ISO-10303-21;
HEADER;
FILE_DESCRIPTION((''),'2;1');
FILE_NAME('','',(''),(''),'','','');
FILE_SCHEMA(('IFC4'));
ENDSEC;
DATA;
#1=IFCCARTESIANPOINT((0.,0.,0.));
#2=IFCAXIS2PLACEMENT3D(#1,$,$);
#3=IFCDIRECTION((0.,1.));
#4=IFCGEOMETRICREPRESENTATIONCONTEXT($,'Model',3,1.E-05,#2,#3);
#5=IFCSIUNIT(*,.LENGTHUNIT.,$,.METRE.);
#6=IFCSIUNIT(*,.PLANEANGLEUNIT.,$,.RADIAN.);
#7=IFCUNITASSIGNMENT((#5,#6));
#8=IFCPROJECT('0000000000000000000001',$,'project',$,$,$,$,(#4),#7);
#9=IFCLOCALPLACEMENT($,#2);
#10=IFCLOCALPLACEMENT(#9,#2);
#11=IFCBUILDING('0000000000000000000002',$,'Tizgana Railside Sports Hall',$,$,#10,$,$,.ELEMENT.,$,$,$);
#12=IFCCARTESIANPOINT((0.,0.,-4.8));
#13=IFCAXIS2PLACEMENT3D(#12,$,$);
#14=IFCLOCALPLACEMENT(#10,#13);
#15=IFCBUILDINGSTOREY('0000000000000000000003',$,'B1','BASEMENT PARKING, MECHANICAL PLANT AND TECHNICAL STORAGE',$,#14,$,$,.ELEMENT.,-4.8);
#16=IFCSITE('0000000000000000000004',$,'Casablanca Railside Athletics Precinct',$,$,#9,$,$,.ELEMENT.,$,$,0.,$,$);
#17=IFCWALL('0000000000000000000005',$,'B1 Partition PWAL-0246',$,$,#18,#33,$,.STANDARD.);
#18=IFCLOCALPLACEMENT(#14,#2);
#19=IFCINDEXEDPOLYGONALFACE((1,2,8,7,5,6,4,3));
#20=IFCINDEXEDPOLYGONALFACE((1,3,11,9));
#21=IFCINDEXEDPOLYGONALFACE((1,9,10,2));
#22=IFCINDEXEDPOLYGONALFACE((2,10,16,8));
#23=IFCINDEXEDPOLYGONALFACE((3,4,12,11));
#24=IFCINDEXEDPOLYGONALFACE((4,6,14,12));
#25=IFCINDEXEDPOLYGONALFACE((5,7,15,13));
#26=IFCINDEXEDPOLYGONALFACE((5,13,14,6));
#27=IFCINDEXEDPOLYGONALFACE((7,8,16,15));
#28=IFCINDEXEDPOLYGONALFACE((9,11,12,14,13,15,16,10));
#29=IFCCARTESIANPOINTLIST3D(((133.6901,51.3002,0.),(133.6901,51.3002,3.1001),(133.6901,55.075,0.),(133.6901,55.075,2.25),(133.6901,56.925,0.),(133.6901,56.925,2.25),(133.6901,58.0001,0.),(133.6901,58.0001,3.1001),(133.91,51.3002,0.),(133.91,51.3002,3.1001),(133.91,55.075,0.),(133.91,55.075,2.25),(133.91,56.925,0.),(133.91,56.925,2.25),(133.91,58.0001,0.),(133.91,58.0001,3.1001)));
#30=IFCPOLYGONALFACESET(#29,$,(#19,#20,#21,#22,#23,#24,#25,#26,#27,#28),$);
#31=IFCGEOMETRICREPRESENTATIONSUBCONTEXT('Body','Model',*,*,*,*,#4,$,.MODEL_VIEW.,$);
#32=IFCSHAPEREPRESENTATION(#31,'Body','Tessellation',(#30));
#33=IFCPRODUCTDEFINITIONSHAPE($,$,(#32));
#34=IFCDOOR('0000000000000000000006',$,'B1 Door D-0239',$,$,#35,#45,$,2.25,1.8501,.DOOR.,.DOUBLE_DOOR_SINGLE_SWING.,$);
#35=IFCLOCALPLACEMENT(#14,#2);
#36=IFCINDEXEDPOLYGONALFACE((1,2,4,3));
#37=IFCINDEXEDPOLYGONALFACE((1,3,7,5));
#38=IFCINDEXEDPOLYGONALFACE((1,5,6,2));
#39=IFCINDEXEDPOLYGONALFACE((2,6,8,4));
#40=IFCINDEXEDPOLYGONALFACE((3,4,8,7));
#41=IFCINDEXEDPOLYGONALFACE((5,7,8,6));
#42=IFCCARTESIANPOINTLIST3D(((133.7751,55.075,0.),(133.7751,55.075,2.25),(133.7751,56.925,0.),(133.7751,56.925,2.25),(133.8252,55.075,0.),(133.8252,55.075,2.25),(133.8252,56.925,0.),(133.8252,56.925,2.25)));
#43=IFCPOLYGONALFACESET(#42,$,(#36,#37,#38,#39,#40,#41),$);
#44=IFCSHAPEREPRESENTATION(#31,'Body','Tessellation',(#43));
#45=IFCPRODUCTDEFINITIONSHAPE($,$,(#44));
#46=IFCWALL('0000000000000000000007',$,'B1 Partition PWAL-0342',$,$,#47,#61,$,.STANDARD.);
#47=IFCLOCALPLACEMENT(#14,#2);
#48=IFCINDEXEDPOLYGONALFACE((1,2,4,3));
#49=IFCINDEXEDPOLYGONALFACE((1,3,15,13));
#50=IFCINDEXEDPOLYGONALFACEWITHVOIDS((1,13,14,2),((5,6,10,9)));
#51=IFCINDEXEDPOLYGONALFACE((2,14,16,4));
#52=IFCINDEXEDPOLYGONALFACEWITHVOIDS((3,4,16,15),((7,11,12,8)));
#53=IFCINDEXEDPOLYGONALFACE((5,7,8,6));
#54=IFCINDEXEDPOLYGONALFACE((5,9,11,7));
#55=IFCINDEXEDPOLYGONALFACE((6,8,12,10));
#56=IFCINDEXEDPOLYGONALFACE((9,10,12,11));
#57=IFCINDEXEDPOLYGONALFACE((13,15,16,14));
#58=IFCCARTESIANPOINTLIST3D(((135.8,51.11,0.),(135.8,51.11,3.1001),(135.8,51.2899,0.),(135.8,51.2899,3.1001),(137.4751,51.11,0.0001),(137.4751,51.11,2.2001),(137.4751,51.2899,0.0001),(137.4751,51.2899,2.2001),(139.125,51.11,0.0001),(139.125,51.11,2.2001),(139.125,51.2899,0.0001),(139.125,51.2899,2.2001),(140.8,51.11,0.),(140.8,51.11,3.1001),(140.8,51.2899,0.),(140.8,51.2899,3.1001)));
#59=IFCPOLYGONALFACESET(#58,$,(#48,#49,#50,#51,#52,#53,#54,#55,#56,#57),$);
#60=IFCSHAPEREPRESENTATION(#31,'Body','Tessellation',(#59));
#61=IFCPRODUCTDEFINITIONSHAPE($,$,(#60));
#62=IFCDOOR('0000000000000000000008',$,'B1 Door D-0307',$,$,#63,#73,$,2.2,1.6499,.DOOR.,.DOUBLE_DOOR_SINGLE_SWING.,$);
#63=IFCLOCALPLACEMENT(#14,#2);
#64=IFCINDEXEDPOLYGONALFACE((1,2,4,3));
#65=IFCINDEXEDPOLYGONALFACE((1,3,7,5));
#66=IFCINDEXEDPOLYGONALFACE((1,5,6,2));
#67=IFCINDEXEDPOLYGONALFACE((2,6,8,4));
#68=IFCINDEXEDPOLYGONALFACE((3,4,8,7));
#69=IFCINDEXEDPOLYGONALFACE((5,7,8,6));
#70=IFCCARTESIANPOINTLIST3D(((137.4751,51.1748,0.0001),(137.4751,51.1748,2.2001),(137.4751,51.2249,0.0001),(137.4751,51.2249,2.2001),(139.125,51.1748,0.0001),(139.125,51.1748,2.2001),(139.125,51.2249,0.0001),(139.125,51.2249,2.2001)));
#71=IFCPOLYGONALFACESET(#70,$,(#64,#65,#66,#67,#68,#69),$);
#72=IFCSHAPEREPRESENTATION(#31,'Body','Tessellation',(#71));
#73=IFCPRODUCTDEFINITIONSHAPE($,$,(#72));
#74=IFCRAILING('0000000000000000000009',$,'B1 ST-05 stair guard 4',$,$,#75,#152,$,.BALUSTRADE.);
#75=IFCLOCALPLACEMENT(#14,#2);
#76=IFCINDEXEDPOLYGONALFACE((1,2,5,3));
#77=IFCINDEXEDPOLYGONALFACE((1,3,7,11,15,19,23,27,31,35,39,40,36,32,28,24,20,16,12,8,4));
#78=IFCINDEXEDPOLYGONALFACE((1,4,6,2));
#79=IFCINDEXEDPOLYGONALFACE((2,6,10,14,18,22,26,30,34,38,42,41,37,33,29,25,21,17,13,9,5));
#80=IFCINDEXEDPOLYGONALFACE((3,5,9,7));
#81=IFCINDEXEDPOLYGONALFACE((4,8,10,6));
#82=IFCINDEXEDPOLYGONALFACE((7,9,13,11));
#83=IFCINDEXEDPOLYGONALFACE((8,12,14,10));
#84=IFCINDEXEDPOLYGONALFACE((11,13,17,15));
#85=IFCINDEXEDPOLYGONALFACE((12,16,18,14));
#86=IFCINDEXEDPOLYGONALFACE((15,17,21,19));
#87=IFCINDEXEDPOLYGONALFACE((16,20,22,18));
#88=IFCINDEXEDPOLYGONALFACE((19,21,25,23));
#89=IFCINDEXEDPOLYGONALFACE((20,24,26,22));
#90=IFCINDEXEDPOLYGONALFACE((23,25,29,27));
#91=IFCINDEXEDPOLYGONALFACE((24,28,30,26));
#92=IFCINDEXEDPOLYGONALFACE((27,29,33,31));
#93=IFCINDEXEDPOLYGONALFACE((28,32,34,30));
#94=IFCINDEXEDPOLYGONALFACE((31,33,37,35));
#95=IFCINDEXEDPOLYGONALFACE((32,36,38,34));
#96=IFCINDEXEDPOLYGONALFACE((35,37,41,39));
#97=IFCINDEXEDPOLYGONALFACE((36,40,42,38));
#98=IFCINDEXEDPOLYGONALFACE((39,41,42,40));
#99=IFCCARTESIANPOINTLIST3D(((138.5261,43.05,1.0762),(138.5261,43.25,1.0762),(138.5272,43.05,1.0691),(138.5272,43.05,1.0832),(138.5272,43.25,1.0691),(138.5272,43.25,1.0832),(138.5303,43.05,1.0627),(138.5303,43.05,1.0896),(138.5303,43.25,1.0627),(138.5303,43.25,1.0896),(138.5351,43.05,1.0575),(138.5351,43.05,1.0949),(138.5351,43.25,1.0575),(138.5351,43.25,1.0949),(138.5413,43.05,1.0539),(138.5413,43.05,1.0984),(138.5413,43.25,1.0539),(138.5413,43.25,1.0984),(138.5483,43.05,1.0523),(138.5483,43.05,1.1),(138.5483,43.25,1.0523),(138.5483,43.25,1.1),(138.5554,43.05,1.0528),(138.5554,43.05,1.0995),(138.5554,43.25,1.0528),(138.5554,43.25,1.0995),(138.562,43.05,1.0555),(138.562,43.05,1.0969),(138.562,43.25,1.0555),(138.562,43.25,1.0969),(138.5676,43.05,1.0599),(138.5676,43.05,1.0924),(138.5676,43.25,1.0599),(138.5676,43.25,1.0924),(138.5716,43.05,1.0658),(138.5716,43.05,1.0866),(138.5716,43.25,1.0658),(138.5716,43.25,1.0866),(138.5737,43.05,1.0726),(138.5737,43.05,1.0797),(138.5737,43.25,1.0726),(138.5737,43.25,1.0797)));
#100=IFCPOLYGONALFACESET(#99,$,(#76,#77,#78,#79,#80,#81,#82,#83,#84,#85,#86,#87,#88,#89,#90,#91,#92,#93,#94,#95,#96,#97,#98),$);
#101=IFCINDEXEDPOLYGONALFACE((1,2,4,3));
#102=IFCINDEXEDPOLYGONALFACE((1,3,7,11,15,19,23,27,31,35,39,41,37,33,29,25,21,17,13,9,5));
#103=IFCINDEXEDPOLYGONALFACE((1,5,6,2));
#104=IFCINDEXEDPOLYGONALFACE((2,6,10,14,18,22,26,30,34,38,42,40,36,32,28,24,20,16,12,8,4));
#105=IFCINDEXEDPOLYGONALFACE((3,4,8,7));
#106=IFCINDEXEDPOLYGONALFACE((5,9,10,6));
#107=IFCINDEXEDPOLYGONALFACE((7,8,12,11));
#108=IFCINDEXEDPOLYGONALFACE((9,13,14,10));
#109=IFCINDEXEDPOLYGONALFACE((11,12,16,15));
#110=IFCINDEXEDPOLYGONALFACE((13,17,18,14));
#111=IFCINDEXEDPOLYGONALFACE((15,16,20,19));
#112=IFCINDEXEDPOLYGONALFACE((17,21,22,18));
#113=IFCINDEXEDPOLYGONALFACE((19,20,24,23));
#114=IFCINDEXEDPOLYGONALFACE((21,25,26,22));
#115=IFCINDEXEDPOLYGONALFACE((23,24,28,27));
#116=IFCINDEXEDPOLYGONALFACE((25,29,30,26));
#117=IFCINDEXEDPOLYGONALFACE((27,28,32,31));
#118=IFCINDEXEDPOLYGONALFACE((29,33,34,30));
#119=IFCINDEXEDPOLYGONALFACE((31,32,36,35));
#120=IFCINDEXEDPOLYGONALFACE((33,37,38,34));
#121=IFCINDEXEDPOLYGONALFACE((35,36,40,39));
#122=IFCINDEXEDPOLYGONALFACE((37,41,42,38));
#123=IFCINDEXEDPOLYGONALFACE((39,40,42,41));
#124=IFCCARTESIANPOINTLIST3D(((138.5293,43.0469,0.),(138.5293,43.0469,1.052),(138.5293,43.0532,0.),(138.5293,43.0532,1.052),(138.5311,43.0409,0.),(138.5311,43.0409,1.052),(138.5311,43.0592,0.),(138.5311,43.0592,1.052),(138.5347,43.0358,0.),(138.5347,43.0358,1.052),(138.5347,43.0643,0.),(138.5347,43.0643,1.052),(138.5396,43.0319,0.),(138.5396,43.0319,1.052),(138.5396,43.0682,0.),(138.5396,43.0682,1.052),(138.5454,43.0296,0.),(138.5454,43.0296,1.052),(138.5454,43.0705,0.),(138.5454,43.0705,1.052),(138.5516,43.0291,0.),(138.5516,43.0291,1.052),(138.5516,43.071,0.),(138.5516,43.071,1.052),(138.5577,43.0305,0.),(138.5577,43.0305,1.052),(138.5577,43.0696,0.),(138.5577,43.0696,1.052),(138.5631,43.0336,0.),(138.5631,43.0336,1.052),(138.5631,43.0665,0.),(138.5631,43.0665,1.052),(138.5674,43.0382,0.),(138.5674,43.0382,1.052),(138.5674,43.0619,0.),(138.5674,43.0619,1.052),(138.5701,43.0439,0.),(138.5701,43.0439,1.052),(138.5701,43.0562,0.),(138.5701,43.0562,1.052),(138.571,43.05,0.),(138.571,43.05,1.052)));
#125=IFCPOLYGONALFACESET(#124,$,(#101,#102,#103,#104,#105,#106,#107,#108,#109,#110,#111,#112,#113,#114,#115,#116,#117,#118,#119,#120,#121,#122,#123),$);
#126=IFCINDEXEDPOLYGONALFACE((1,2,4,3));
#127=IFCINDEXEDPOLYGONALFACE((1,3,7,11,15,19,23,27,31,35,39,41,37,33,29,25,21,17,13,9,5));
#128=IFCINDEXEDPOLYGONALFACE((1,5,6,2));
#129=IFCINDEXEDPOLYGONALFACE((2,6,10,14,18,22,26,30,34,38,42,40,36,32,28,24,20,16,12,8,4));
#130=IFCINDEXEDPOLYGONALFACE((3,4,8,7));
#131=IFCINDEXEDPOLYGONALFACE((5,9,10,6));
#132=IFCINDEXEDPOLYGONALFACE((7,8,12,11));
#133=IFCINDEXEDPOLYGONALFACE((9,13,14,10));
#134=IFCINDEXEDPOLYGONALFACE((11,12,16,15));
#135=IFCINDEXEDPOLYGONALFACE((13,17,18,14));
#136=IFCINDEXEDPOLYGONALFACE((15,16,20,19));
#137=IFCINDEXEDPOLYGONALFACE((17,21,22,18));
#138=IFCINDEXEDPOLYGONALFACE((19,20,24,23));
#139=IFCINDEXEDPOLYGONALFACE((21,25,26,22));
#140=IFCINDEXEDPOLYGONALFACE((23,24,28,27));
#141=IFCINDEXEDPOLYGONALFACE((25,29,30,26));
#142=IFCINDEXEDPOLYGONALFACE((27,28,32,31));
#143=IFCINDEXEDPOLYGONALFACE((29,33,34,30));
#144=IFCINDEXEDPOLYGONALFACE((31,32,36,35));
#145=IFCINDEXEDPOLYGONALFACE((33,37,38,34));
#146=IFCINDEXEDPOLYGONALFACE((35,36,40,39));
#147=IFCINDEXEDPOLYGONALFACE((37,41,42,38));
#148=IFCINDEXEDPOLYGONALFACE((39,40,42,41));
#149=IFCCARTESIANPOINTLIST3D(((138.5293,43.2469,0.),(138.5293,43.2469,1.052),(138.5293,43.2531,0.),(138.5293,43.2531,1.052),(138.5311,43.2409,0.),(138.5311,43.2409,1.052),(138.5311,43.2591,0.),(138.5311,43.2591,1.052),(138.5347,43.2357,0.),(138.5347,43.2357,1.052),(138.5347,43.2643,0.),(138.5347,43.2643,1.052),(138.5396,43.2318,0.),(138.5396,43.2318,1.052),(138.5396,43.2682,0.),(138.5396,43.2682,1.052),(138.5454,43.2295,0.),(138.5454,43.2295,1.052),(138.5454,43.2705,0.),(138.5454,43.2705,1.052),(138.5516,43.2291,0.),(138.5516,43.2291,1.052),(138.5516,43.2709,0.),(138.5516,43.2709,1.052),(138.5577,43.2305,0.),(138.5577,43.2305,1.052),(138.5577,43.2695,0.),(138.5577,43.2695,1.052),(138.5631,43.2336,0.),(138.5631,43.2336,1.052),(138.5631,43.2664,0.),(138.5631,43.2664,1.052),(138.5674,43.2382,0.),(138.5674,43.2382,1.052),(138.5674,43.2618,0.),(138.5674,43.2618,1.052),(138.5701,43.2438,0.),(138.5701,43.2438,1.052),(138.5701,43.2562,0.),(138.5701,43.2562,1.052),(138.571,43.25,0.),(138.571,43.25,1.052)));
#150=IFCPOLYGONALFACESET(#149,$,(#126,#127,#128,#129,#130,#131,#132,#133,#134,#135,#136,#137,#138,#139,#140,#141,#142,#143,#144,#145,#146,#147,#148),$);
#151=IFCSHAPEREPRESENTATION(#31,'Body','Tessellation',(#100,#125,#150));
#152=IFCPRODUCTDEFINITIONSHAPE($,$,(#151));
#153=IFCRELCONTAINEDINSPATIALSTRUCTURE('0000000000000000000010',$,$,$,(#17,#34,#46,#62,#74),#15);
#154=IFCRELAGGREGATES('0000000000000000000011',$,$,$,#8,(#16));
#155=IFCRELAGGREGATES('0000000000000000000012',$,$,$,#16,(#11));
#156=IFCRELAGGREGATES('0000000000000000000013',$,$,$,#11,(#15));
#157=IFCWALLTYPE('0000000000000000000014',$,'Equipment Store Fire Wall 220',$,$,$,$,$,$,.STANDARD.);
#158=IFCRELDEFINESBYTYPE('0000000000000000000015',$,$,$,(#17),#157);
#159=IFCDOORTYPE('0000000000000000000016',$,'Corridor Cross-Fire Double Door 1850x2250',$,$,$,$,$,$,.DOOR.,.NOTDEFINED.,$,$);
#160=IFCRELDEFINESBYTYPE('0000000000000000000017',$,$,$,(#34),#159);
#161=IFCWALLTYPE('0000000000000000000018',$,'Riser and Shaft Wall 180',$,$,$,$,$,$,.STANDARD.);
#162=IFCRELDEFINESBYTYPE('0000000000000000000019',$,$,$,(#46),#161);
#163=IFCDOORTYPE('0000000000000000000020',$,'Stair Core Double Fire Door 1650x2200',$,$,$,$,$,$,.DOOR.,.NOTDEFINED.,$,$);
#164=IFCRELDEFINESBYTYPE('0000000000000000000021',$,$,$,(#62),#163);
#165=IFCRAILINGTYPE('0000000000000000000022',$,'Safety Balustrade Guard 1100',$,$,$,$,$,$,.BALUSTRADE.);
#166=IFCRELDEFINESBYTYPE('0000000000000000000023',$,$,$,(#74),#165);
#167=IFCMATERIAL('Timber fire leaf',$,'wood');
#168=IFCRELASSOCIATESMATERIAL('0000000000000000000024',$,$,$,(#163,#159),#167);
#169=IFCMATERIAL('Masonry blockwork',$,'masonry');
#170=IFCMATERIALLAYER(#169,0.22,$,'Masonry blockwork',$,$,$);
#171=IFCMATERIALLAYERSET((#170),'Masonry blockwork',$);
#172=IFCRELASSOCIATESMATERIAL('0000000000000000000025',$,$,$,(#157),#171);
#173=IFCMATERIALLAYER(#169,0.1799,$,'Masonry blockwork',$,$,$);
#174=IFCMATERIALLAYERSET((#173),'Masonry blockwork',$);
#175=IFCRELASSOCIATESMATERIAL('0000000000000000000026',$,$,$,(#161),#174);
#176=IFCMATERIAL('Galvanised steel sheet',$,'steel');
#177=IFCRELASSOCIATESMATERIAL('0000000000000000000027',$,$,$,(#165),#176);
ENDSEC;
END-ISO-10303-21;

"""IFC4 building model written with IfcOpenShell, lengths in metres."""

from ifc_helpers import new_model, si_unit, direction, frame, frame_2d, origin, origin_2d, place, context, subcontext, project, spatial, rectangle, circle, extrude, material, layer, layer_set, type_object, element, fill, save


model = new_model("IFC4")

# Units and contexts
model_context = context("Model", 3, precision=1e-05, world=origin(), true_north=direction((0.0, 1.0)))
body_context = subcontext(model_context, "Body", "Model", "MODEL_VIEW")
ifc_project = project(units=[si_unit("LENGTHUNIT", "METRE"), si_unit("PLANEANGLEUNIT", "RADIAN")], contexts=[model_context])

# Site, building, storey
site_placement = place(None, origin())
site = spatial("IfcSite", under=ifc_project, at=site_placement, Name="Casablanca Railside Athletics Precinct", CompositionType="ELEMENT", RefElevation=0.0)
building_placement = place(site_placement, origin())
building = spatial("IfcBuilding", under=site, at=building_placement, Name="Tizgana Railside Sports Hall", CompositionType="ELEMENT")
storey_placement = place(building_placement, frame((0.0, 0.0, -4.8)))
storey = spatial("IfcBuildingStorey", under=building, at=storey_placement, Name="B1", Description="BASEMENT PARKING, MECHANICAL PLANT AND TECHNICAL STORAGE", CompositionType="ELEMENT", Elevation=-4.8)

# Shared definitions
ifc_material_1 = material(Name="Timber fire leaf", Category="wood")
door_type_1 = type_object("IfcDoorType", Name="Stair Core Double Fire Door 1650x2200", OperationType="NOTDEFINED", PredefinedType="DOOR", material=ifc_material_1)

# Walls, openings, doors
ifc_material_2 = material(Name="Masonry blockwork", Category="masonry")
ifc_layer_1 = layer(ifc_material_2, 0.22, Name="Masonry blockwork")
ifc_layer_set_1 = layer_set([ifc_layer_1], Name="Masonry blockwork")
wall_type_1 = type_object("IfcWallType", Name="Equipment Store Fire Wall 220", PredefinedType="STANDARD", material=ifc_layer_set_1)
wall_1_placement = place(storey_placement, frame((133.8, 51.3, 0.0), z_axis=(0.0, 0.0, 1.0), x_axis=(0.0, 1.0, 0.0)))
wall_1 = element("IfcWall", 1, at=wall_1_placement, inside=storey, type_object=wall_type_1, Name="B1 Partition PWAL-0246", PredefinedType="STANDARD", context=body_context, shape_type="SweptSolid", body=[
    extrude(rectangle(XDim=6.7, YDim=0.22, at=frame_2d((3.3501, 0.0))), origin(), (0.0, 0.0, 1.0), 3.1001),
])
opening_1_placement = place(wall_1_placement, frame((3.7749, 0.0, 0.0)))
opening_1 = element("IfcOpeningElement", 2, at=opening_1_placement, cuts=wall_1, PredefinedType="OPENING", context=body_context, shape_type="SweptSolid", body=[
    extrude(rectangle(XDim=1.8501, YDim=2.25, at=frame_2d((0.925, 1.125))), frame((0.0, 0.1199, 0.0), z_axis=(0.0, -1.0, 0.0), x_axis=(1.0, 0.0, 0.0)), (0.0, 0.0, 1.0), 0.24),
])
door_type_2 = type_object("IfcDoorType", Name="Corridor Cross-Fire Double Door 1850x2250", OperationType="NOTDEFINED", PredefinedType="DOOR", material=ifc_material_1)
door_1_placement = place(opening_1_placement, origin())
door_1 = element("IfcDoor", 3, at=door_1_placement, inside=storey, type_object=door_type_2, Name="B1 Door D-0239", OperationType="DOUBLE_DOOR_SINGLE_SWING", OverallHeight=2.25, OverallWidth=1.8501, PredefinedType="DOOR", context=body_context, shape_type="SweptSolid", body=[
    extrude(rectangle(XDim=1.8501, YDim=2.25, at=frame_2d((0.925, 1.125))), frame((0.0, 0.0249, 0.0), z_axis=(0.0, -1.0, 0.0), x_axis=(1.0, 0.0, 0.0)), (0.0, 0.0, 1.0), 0.05),
])
fill(opening_1, door_1)
ifc_layer_2 = layer(ifc_material_2, 0.1799, Name="Masonry blockwork")
ifc_layer_set_2 = layer_set([ifc_layer_2], Name="Masonry blockwork")
wall_type_2 = type_object("IfcWallType", Name="Riser and Shaft Wall 180", PredefinedType="STANDARD", material=ifc_layer_set_2)
wall_2_placement = place(storey_placement, frame((135.8, 51.2, 0.0), z_axis=(0.0, 0.0, 1.0), x_axis=(1.0, 0.0, 0.0)))
wall_2 = element("IfcWall", 4, at=wall_2_placement, inside=storey, type_object=wall_type_2, Name="B1 Partition PWAL-0342", PredefinedType="STANDARD", context=body_context, shape_type="SweptSolid", body=[
    extrude(rectangle(XDim=5.0, YDim=0.1799, at=frame_2d((2.5, 0.0))), origin(), (0.0, 0.0, 1.0), 3.1001),
])
opening_2_placement = place(wall_2_placement, frame((1.675, 0.0, 0.0)))
opening_2 = element("IfcOpeningElement", 5, at=opening_2_placement, cuts=wall_2, PredefinedType="OPENING", context=body_context, shape_type="SweptSolid", body=[
    extrude(rectangle(XDim=1.6499, YDim=2.2, at=frame_2d((0.825, 1.1001))), frame((0.0, 0.0999, 0.0), z_axis=(0.0, -1.0, 0.0), x_axis=(1.0, 0.0, 0.0)), (0.0, 0.0, 1.0), 0.2),
])
door_2_placement = place(opening_2_placement, origin())
door_2 = element("IfcDoor", 6, at=door_2_placement, inside=storey, type_object=door_type_1, Name="B1 Door D-0307", OperationType="DOUBLE_DOOR_SINGLE_SWING", OverallHeight=2.2, OverallWidth=1.6499, PredefinedType="DOOR", context=body_context, shape_type="SweptSolid", body=[
    extrude(rectangle(XDim=1.6499, YDim=2.2, at=frame_2d((0.825, 1.1001))), frame((0.0, 0.0249, 0.0), z_axis=(0.0, -1.0, 0.0), x_axis=(1.0, 0.0, 0.0)), (0.0, 0.0, 1.0), 0.05),
])
fill(opening_2, door_2)

# Railing
ifc_material_3 = material(Name="Galvanised steel sheet", Category="steel")
railing_type_1 = type_object("IfcRailingType", Name="Safety Balustrade Guard 1100", PredefinedType="BALUSTRADE", material=ifc_material_3)
railing_1_placement = place(storey_placement, frame((138.55, 43.05, 0.0)))
element("IfcRailing", 7, at=railing_1_placement, inside=storey, type_object=railing_type_1, Name="B1 ST-05 stair guard 4", PredefinedType="BALUSTRADE", context=body_context, shape_type="SweptSolid", body=[
    extrude(circle(Radius=0.0239, at=origin_2d()), frame((0.0, 0.0, 1.0762), z_axis=(0.0, 1.0, 0.0), x_axis=(-1.0, 0.0, 0.0)), (0.0, 0.0, 1.0), 0.2),
    extrude(circle(Radius=0.021, at=origin_2d()), origin(), (0.0, 0.0, 1.0), 1.052),
    extrude(circle(Radius=0.021, at=origin_2d()), frame((0.0, 0.2, 0.0)), (0.0, 0.0, 1.0), 1.052),
])

save(model, "model.ifc")
